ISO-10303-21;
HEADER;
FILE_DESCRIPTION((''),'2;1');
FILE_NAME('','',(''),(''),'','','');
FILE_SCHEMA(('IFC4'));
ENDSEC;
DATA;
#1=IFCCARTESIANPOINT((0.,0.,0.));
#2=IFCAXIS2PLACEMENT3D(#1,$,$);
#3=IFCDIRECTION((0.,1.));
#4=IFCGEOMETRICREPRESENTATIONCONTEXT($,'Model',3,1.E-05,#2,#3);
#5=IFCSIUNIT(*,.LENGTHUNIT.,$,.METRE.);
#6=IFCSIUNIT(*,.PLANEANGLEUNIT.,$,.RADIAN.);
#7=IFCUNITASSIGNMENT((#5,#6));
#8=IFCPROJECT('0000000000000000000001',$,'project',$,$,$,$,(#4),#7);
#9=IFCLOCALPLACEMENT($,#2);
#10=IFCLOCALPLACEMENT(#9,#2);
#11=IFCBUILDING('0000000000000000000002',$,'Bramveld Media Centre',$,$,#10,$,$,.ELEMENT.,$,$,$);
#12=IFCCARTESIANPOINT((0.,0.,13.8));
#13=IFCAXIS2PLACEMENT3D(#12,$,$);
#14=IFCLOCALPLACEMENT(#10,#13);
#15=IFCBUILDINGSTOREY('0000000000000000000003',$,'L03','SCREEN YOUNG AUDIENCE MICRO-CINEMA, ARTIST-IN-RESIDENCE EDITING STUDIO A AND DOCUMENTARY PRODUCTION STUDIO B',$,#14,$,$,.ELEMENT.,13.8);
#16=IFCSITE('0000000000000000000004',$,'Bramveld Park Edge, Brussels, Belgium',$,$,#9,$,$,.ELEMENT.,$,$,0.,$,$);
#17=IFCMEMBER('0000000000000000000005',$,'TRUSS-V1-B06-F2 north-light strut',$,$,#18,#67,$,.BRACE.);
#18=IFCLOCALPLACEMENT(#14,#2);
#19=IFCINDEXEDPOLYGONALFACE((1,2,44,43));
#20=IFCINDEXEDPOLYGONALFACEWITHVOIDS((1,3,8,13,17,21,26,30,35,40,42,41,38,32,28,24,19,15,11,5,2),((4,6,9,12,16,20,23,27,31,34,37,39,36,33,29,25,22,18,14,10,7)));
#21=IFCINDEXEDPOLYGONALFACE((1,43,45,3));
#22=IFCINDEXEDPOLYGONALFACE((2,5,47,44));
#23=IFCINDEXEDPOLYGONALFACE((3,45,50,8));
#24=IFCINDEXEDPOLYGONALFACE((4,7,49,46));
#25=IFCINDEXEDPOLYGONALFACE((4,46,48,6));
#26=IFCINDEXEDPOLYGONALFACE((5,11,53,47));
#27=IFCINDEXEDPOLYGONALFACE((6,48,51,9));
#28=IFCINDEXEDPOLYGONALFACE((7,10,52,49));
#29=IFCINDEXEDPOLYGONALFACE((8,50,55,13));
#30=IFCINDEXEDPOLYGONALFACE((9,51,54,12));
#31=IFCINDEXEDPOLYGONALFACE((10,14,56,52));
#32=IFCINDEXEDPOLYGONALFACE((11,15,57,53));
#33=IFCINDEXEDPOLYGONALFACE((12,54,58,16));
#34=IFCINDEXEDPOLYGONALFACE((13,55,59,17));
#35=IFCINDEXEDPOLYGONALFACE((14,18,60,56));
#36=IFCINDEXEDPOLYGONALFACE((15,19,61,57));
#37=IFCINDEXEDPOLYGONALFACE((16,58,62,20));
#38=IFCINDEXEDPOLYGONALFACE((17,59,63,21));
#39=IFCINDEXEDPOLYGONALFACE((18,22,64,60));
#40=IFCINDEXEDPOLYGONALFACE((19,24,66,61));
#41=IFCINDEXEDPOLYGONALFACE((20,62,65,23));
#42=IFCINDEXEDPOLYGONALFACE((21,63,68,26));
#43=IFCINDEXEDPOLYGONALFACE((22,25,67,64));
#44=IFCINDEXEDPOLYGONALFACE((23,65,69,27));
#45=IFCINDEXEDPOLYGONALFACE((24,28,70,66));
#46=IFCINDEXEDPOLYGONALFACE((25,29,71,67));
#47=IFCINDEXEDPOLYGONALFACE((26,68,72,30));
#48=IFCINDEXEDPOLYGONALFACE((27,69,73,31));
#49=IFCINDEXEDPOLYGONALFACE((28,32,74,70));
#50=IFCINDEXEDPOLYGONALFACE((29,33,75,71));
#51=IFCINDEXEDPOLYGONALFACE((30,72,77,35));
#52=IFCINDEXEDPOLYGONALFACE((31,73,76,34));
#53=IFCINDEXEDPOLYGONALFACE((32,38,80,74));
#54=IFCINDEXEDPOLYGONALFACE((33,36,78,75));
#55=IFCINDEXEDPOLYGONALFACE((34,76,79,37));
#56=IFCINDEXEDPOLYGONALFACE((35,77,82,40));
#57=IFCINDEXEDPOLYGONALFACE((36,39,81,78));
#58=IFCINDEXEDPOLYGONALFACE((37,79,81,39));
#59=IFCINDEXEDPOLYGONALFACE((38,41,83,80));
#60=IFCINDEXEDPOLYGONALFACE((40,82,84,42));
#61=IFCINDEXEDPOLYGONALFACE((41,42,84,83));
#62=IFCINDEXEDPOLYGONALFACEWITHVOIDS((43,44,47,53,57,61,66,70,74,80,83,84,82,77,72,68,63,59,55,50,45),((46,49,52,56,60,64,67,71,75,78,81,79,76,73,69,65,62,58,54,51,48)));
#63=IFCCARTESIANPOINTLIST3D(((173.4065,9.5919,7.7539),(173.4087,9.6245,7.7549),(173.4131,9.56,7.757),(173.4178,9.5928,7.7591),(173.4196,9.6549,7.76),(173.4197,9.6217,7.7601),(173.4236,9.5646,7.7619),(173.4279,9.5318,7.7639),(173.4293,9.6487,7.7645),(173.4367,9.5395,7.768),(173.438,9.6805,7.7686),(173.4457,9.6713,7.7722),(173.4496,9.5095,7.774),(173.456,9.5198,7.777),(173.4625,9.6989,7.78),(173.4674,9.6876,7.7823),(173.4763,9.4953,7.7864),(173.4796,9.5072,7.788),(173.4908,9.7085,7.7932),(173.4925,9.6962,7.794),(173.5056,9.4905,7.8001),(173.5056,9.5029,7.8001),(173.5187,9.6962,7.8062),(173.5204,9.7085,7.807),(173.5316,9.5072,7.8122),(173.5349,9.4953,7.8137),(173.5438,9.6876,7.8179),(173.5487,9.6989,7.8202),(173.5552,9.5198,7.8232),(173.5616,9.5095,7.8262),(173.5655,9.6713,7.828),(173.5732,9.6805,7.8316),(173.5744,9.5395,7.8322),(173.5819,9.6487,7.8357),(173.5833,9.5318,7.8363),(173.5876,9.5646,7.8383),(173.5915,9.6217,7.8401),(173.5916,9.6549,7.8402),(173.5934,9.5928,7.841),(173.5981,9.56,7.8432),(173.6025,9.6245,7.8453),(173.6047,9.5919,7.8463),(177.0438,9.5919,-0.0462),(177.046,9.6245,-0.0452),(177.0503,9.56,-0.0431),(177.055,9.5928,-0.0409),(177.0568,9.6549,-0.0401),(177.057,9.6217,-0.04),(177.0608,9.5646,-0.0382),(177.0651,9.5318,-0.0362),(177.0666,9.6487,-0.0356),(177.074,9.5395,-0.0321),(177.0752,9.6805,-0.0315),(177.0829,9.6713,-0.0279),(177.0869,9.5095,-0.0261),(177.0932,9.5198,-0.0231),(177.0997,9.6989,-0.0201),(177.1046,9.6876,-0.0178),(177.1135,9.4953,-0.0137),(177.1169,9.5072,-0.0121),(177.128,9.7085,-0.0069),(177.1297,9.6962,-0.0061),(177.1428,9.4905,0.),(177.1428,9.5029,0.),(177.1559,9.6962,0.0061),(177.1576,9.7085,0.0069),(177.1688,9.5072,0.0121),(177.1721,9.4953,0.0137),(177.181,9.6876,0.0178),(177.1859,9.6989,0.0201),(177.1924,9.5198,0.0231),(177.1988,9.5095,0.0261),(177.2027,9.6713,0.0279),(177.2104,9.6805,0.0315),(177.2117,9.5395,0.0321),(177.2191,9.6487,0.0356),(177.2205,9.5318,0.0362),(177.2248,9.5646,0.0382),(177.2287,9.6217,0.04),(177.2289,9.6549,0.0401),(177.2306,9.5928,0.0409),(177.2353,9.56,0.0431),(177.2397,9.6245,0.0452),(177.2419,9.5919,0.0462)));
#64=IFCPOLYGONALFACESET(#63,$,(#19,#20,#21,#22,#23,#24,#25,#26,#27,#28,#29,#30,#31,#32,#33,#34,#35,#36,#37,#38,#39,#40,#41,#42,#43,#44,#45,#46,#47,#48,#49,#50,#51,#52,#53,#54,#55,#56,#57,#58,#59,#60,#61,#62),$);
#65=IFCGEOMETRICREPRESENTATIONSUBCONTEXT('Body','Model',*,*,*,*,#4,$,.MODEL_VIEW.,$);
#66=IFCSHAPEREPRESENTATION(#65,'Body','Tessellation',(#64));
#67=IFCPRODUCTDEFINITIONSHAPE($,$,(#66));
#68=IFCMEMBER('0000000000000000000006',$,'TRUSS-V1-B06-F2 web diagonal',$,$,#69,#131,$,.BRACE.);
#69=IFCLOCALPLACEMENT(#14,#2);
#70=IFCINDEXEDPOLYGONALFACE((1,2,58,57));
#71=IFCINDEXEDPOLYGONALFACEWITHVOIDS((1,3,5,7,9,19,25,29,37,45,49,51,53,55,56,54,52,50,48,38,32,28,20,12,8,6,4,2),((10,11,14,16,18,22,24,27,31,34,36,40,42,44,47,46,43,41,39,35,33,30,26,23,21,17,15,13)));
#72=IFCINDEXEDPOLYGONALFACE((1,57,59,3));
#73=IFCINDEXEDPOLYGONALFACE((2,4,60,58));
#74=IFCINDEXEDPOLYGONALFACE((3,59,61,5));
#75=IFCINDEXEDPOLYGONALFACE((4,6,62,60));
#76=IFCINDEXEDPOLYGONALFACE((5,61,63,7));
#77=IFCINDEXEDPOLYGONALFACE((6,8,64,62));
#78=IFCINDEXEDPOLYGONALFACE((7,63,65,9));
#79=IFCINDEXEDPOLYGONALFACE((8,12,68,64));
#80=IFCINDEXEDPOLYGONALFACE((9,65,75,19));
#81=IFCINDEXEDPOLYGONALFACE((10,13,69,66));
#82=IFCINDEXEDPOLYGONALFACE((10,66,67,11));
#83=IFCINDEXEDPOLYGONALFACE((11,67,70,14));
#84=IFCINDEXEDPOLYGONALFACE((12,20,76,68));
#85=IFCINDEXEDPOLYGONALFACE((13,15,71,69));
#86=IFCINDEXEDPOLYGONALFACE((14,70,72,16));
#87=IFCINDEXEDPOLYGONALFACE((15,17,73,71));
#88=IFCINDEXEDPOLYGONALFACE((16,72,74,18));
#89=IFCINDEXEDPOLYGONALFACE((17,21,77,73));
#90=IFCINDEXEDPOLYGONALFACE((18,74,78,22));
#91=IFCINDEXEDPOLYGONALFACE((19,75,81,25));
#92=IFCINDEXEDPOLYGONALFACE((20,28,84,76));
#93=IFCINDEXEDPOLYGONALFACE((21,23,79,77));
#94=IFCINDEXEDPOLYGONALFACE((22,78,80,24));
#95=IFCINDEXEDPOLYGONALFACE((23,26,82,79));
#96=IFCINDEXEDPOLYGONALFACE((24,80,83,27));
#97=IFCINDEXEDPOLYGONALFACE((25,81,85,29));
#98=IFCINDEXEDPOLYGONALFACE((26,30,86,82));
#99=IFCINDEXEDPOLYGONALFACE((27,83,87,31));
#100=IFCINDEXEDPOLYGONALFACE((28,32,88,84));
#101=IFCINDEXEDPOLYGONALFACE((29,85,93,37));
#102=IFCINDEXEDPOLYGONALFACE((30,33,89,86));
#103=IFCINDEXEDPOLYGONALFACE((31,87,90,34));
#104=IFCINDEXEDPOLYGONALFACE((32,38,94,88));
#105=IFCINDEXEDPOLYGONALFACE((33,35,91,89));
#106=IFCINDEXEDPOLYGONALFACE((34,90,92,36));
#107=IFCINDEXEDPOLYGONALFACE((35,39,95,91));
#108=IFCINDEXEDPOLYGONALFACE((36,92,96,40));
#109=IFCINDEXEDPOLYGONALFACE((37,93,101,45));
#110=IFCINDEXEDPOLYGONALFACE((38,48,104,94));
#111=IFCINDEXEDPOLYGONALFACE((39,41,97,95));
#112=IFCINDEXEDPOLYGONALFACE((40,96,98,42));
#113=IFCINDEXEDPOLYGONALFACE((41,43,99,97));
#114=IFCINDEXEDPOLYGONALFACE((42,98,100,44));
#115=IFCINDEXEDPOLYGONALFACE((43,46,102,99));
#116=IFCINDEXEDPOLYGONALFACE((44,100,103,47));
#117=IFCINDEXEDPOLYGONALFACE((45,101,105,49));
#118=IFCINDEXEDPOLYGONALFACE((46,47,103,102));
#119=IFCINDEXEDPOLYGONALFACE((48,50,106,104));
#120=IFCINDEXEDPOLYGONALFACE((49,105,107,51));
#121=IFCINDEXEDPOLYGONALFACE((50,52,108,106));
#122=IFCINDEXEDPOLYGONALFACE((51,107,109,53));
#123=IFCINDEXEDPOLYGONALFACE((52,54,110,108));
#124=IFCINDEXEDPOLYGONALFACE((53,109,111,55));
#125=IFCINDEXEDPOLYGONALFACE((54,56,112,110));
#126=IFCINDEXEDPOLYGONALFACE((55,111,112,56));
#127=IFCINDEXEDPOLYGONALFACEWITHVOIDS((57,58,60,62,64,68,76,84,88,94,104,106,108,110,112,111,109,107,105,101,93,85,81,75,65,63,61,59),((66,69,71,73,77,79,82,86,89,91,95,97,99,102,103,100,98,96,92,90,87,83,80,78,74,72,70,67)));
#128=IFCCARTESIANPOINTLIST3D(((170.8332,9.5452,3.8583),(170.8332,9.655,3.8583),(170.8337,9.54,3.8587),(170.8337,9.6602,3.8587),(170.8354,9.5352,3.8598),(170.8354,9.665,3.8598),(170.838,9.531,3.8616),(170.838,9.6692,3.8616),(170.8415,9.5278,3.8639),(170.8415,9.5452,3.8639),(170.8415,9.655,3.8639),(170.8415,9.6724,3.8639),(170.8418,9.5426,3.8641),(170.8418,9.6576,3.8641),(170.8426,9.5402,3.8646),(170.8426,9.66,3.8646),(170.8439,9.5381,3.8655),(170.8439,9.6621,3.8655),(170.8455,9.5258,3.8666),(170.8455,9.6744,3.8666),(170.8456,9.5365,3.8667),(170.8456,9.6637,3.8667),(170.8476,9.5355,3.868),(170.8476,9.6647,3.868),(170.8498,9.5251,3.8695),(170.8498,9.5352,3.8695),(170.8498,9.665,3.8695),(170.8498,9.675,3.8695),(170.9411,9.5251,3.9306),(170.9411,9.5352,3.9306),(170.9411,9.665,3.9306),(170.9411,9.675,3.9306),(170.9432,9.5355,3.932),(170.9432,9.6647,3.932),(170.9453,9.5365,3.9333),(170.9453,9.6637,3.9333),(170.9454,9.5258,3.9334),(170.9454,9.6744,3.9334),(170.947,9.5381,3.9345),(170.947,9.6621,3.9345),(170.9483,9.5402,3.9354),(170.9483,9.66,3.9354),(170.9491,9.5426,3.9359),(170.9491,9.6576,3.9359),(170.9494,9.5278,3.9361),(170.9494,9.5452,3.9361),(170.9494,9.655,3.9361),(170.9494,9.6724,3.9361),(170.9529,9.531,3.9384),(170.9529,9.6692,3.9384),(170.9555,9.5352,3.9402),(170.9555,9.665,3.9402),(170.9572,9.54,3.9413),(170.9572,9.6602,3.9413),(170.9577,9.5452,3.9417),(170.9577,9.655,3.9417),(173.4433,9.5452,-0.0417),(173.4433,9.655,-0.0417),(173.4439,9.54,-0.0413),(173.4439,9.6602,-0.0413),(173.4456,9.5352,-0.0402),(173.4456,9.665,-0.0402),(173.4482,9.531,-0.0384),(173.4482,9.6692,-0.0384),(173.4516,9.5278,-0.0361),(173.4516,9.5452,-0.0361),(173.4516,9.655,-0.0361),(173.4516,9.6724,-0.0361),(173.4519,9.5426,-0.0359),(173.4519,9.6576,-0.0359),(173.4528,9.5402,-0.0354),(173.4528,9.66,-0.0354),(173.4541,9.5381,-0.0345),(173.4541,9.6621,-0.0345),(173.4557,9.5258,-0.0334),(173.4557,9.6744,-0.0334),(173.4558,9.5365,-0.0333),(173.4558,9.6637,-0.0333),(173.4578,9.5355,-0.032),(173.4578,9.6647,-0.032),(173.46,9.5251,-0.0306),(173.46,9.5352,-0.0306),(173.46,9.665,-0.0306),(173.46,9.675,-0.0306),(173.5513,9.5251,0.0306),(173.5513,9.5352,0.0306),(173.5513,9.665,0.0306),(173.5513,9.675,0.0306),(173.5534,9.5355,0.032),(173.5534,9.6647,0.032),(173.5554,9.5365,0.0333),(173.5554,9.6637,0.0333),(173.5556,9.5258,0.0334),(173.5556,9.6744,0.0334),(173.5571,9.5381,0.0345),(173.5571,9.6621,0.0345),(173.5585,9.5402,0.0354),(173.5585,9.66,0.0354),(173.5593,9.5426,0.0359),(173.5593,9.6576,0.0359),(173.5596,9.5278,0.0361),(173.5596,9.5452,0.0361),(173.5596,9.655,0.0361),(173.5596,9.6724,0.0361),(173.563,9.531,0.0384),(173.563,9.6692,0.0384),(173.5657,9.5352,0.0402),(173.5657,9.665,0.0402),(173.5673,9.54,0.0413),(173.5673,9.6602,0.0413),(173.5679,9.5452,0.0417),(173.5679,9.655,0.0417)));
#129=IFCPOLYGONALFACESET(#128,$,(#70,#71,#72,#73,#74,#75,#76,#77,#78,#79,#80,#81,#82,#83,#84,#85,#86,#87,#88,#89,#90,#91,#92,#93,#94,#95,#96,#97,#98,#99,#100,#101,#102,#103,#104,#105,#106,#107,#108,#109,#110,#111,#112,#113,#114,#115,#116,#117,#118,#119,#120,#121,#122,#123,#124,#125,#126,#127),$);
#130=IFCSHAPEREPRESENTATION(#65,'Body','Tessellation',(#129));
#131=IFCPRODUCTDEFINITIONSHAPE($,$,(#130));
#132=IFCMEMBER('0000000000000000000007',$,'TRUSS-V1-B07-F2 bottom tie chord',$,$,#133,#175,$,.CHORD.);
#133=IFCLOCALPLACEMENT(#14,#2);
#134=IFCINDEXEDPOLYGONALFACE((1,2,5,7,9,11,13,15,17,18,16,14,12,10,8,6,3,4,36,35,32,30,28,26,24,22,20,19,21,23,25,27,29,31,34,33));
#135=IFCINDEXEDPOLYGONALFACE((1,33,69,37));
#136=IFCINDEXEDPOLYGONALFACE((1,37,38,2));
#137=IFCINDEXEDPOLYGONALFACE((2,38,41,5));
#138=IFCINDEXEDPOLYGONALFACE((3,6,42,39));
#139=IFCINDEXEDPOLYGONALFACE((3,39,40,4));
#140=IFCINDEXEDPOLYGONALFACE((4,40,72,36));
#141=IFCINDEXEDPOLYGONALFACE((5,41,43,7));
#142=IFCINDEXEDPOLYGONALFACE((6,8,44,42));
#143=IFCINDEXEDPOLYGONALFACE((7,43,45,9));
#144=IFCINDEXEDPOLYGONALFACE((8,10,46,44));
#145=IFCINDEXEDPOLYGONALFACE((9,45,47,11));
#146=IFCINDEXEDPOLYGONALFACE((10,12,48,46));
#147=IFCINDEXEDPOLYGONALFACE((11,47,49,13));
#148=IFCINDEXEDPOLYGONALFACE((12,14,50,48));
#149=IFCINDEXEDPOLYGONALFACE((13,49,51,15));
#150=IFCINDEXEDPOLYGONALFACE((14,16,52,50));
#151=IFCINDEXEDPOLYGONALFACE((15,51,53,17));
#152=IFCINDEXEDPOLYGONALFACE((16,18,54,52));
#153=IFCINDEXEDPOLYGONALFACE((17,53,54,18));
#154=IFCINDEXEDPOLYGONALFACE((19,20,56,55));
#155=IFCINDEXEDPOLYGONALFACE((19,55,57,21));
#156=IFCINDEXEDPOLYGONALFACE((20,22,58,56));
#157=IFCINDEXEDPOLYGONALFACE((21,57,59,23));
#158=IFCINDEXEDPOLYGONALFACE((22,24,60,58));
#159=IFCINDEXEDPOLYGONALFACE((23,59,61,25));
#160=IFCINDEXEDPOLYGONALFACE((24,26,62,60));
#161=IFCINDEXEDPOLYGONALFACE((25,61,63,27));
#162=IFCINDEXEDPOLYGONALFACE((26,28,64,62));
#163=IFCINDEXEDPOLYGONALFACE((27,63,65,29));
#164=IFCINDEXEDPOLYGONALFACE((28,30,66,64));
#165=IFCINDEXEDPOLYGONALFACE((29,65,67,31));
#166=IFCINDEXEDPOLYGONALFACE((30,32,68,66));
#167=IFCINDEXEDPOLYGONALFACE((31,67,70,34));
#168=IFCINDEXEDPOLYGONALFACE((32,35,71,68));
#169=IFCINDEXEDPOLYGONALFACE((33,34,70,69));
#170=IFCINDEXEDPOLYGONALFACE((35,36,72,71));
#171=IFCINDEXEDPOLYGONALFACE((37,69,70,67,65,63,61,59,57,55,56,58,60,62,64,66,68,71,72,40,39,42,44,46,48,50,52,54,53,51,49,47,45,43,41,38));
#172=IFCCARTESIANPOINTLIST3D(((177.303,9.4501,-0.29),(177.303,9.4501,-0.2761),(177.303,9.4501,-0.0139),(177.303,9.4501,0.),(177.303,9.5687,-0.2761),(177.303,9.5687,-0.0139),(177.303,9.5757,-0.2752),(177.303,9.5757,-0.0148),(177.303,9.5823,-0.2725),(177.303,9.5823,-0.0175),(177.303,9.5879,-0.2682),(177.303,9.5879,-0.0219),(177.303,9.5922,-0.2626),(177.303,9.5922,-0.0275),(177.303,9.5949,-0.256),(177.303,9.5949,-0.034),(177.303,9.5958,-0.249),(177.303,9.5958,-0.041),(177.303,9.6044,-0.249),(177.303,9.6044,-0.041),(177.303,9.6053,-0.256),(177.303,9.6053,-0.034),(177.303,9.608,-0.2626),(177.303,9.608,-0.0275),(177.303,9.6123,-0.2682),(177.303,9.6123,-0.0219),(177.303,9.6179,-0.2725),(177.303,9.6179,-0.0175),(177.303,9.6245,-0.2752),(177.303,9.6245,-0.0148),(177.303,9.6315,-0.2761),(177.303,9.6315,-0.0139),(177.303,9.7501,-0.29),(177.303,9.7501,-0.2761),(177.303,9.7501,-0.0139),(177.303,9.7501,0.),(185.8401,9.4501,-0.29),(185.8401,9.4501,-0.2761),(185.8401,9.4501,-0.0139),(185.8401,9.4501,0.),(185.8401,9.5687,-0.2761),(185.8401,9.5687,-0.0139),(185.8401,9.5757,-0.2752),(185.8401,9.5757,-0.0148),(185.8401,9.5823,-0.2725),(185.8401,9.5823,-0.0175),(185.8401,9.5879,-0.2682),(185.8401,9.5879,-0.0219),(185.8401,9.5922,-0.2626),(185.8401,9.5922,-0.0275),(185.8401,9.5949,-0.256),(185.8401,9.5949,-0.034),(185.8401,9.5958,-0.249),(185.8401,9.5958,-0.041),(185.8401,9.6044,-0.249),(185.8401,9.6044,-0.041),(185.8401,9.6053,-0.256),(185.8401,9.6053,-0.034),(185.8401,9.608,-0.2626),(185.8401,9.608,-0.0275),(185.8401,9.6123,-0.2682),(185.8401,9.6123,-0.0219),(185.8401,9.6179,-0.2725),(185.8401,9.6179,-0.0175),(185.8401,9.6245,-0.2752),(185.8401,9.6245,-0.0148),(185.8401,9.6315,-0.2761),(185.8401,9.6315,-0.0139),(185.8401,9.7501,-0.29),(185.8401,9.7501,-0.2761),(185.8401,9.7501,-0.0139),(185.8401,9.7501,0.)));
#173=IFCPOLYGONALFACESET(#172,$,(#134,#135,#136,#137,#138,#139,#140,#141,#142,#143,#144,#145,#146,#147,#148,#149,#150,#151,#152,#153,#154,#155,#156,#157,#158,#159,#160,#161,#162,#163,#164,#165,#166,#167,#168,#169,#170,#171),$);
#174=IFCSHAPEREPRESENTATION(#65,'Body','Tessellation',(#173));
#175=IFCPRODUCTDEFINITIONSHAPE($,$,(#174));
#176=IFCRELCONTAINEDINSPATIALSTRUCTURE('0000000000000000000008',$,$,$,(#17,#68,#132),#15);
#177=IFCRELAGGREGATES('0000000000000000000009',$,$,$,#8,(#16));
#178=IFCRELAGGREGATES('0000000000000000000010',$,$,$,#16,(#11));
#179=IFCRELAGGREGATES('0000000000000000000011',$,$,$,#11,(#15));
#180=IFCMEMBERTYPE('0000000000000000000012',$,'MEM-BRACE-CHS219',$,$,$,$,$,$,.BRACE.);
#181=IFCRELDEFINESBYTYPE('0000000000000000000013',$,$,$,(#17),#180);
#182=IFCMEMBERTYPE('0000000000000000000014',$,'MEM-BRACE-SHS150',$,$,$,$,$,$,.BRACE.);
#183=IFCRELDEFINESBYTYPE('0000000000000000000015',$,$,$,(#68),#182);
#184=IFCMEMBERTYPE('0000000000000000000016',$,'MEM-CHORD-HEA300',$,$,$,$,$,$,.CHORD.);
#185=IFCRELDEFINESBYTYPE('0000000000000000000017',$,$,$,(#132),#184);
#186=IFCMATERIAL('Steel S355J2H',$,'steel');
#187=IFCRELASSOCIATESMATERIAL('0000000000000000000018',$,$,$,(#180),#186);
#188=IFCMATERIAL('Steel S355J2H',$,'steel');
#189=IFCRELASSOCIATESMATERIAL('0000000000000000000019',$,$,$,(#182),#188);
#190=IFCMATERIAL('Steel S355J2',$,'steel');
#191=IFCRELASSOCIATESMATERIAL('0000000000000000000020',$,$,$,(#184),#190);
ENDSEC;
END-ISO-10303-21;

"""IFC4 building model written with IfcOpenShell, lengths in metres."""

from ifc_helpers import new_model, si_unit, direction, frame, origin, origin_2d, place, context, subcontext, project, spatial, hollow_rectangle, hollow_circle, i_section, extrude, material, material_profile, profile_set, type_object, element, save


model = new_model("IFC4")

# Units and contexts
model_context = context("Model", 3, precision=1e-05, world=origin(), true_north=direction((0.0, 1.0)))
body_context = subcontext(model_context, "Body", "Model", "MODEL_VIEW")
ifc_project = project(units=[si_unit("LENGTHUNIT", "METRE"), si_unit("PLANEANGLEUNIT", "RADIAN")], contexts=[model_context])

# Site, building, storey
site_placement = place(None, origin())
site = spatial("IfcSite", under=ifc_project, at=site_placement, Name="Bramveld Park Edge, Brussels, Belgium", CompositionType="ELEMENT", RefElevation=0.0)
building_placement = place(site_placement, origin())
building = spatial("IfcBuilding", under=site, at=building_placement, Name="Bramveld Media Centre", CompositionType="ELEMENT")
storey_placement = place(building_placement, frame((0.0, 0.0, 13.8)))
storey = spatial("IfcBuildingStorey", under=building, at=storey_placement, Name="L03", Description="SCREEN YOUNG AUDIENCE MICRO-CINEMA, ARTIST-IN-RESIDENCE EDITING STUDIO A AND DOCUMENTARY PRODUCTION STUDIO B", CompositionType="ELEMENT", Elevation=13.8)

# Members
ifc_material_1 = material(Name="Steel S355J2H", Category="steel")
ifc_material_profile_1 = material_profile(ifc_material_1, hollow_circle(Radius=0.1096, WallThickness=0.0125, at=origin_2d()), Name="CHS 219.1x12.5")
ifc_profile_set_1 = profile_set([ifc_material_profile_1], Name="Steel S355J2H")
member_type_1 = type_object("IfcMemberType", Name="MEM-BRACE-CHS219", PredefinedType="BRACE", material=ifc_profile_set_1)
for number, where, z_axis, x_axis, name in (
    (1, (177.1428, 9.6001, 0.0), (-0.422617, 0.0, 0.906308), (0.0, -1.0, 0.0), "TRUSS-V1-B06-F2 north-light strut"),
):
    element("IfcMember", number, at=place(storey_placement, frame(where, z_axis=z_axis, x_axis=x_axis)), inside=storey, type_object=member_type_1, Name=name, PredefinedType="BRACE", context=body_context, shape_type="SweptSolid", body=[
        extrude(hollow_circle(Radius=0.1096, WallThickness=0.0125, at=origin_2d()), origin(), (0.0, 0.0, 1.0), 8.6064),
    ])
ifc_material_2 = material(Name="Steel S355J2H", Category="steel")
ifc_material_profile_2 = material_profile(ifc_material_2, hollow_rectangle(XDim=0.1499, YDim=0.1499, WallThickness=0.01, InnerFilletRadius=0.01, OuterFilletRadius=0.02, at=origin_2d()), Name="SHS 150x150x10")
ifc_profile_set_2 = profile_set([ifc_material_profile_2], Name="Steel S355J2H")
member_type_2 = type_object("IfcMemberType", Name="MEM-BRACE-SHS150", PredefinedType="BRACE", material=ifc_profile_set_2)
member_1_placement = place(storey_placement, frame((173.5056, 9.6001, 0.0), z_axis=(-0.5562, 0.0, 0.831048), x_axis=(0.0, -1.0, 0.0)))
element("IfcMember", 2, at=member_1_placement, inside=storey, type_object=member_type_2, Name="TRUSS-V1-B06-F2 web diagonal", PredefinedType="BRACE", context=body_context, shape_type="SweptSolid", body=[
    extrude(hollow_rectangle(XDim=0.1499, YDim=0.1499, WallThickness=0.01, InnerFilletRadius=0.01, OuterFilletRadius=0.02, at=origin_2d()), origin(), (0.0, 0.0, 1.0), 4.6929),
])
ifc_material_3 = material(Name="Steel S355J2", Category="steel")
ifc_material_profile_3 = material_profile(ifc_material_3, i_section(OverallWidth=0.3, OverallDepth=0.29, WebThickness=0.0085, FlangeThickness=0.0139, FilletRadius=0.0271, at=origin_2d()), Name="HEA 300")
ifc_profile_set_3 = profile_set([ifc_material_profile_3], Name="Steel S355J2")
member_type_3 = type_object("IfcMemberType", Name="MEM-CHORD-HEA300", PredefinedType="CHORD", material=ifc_profile_set_3)
member_2_placement = place(storey_placement, frame((177.303, 9.6001, -0.145), z_axis=(1.0, 0.0, 0.0), x_axis=(0.0, 1.0, 0.0)))
element("IfcMember", 3, at=member_2_placement, inside=storey, type_object=member_type_3, Name="TRUSS-V1-B07-F2 bottom tie chord", PredefinedType="CHORD", context=body_context, shape_type="SweptSolid", body=[
    extrude(i_section(OverallWidth=0.3, OverallDepth=0.29, WebThickness=0.0085, FlangeThickness=0.0139, FilletRadius=0.0271, at=origin_2d()), origin(), (0.0, 0.0, 1.0), 8.5371),
])

save(model, "model.ifc")
